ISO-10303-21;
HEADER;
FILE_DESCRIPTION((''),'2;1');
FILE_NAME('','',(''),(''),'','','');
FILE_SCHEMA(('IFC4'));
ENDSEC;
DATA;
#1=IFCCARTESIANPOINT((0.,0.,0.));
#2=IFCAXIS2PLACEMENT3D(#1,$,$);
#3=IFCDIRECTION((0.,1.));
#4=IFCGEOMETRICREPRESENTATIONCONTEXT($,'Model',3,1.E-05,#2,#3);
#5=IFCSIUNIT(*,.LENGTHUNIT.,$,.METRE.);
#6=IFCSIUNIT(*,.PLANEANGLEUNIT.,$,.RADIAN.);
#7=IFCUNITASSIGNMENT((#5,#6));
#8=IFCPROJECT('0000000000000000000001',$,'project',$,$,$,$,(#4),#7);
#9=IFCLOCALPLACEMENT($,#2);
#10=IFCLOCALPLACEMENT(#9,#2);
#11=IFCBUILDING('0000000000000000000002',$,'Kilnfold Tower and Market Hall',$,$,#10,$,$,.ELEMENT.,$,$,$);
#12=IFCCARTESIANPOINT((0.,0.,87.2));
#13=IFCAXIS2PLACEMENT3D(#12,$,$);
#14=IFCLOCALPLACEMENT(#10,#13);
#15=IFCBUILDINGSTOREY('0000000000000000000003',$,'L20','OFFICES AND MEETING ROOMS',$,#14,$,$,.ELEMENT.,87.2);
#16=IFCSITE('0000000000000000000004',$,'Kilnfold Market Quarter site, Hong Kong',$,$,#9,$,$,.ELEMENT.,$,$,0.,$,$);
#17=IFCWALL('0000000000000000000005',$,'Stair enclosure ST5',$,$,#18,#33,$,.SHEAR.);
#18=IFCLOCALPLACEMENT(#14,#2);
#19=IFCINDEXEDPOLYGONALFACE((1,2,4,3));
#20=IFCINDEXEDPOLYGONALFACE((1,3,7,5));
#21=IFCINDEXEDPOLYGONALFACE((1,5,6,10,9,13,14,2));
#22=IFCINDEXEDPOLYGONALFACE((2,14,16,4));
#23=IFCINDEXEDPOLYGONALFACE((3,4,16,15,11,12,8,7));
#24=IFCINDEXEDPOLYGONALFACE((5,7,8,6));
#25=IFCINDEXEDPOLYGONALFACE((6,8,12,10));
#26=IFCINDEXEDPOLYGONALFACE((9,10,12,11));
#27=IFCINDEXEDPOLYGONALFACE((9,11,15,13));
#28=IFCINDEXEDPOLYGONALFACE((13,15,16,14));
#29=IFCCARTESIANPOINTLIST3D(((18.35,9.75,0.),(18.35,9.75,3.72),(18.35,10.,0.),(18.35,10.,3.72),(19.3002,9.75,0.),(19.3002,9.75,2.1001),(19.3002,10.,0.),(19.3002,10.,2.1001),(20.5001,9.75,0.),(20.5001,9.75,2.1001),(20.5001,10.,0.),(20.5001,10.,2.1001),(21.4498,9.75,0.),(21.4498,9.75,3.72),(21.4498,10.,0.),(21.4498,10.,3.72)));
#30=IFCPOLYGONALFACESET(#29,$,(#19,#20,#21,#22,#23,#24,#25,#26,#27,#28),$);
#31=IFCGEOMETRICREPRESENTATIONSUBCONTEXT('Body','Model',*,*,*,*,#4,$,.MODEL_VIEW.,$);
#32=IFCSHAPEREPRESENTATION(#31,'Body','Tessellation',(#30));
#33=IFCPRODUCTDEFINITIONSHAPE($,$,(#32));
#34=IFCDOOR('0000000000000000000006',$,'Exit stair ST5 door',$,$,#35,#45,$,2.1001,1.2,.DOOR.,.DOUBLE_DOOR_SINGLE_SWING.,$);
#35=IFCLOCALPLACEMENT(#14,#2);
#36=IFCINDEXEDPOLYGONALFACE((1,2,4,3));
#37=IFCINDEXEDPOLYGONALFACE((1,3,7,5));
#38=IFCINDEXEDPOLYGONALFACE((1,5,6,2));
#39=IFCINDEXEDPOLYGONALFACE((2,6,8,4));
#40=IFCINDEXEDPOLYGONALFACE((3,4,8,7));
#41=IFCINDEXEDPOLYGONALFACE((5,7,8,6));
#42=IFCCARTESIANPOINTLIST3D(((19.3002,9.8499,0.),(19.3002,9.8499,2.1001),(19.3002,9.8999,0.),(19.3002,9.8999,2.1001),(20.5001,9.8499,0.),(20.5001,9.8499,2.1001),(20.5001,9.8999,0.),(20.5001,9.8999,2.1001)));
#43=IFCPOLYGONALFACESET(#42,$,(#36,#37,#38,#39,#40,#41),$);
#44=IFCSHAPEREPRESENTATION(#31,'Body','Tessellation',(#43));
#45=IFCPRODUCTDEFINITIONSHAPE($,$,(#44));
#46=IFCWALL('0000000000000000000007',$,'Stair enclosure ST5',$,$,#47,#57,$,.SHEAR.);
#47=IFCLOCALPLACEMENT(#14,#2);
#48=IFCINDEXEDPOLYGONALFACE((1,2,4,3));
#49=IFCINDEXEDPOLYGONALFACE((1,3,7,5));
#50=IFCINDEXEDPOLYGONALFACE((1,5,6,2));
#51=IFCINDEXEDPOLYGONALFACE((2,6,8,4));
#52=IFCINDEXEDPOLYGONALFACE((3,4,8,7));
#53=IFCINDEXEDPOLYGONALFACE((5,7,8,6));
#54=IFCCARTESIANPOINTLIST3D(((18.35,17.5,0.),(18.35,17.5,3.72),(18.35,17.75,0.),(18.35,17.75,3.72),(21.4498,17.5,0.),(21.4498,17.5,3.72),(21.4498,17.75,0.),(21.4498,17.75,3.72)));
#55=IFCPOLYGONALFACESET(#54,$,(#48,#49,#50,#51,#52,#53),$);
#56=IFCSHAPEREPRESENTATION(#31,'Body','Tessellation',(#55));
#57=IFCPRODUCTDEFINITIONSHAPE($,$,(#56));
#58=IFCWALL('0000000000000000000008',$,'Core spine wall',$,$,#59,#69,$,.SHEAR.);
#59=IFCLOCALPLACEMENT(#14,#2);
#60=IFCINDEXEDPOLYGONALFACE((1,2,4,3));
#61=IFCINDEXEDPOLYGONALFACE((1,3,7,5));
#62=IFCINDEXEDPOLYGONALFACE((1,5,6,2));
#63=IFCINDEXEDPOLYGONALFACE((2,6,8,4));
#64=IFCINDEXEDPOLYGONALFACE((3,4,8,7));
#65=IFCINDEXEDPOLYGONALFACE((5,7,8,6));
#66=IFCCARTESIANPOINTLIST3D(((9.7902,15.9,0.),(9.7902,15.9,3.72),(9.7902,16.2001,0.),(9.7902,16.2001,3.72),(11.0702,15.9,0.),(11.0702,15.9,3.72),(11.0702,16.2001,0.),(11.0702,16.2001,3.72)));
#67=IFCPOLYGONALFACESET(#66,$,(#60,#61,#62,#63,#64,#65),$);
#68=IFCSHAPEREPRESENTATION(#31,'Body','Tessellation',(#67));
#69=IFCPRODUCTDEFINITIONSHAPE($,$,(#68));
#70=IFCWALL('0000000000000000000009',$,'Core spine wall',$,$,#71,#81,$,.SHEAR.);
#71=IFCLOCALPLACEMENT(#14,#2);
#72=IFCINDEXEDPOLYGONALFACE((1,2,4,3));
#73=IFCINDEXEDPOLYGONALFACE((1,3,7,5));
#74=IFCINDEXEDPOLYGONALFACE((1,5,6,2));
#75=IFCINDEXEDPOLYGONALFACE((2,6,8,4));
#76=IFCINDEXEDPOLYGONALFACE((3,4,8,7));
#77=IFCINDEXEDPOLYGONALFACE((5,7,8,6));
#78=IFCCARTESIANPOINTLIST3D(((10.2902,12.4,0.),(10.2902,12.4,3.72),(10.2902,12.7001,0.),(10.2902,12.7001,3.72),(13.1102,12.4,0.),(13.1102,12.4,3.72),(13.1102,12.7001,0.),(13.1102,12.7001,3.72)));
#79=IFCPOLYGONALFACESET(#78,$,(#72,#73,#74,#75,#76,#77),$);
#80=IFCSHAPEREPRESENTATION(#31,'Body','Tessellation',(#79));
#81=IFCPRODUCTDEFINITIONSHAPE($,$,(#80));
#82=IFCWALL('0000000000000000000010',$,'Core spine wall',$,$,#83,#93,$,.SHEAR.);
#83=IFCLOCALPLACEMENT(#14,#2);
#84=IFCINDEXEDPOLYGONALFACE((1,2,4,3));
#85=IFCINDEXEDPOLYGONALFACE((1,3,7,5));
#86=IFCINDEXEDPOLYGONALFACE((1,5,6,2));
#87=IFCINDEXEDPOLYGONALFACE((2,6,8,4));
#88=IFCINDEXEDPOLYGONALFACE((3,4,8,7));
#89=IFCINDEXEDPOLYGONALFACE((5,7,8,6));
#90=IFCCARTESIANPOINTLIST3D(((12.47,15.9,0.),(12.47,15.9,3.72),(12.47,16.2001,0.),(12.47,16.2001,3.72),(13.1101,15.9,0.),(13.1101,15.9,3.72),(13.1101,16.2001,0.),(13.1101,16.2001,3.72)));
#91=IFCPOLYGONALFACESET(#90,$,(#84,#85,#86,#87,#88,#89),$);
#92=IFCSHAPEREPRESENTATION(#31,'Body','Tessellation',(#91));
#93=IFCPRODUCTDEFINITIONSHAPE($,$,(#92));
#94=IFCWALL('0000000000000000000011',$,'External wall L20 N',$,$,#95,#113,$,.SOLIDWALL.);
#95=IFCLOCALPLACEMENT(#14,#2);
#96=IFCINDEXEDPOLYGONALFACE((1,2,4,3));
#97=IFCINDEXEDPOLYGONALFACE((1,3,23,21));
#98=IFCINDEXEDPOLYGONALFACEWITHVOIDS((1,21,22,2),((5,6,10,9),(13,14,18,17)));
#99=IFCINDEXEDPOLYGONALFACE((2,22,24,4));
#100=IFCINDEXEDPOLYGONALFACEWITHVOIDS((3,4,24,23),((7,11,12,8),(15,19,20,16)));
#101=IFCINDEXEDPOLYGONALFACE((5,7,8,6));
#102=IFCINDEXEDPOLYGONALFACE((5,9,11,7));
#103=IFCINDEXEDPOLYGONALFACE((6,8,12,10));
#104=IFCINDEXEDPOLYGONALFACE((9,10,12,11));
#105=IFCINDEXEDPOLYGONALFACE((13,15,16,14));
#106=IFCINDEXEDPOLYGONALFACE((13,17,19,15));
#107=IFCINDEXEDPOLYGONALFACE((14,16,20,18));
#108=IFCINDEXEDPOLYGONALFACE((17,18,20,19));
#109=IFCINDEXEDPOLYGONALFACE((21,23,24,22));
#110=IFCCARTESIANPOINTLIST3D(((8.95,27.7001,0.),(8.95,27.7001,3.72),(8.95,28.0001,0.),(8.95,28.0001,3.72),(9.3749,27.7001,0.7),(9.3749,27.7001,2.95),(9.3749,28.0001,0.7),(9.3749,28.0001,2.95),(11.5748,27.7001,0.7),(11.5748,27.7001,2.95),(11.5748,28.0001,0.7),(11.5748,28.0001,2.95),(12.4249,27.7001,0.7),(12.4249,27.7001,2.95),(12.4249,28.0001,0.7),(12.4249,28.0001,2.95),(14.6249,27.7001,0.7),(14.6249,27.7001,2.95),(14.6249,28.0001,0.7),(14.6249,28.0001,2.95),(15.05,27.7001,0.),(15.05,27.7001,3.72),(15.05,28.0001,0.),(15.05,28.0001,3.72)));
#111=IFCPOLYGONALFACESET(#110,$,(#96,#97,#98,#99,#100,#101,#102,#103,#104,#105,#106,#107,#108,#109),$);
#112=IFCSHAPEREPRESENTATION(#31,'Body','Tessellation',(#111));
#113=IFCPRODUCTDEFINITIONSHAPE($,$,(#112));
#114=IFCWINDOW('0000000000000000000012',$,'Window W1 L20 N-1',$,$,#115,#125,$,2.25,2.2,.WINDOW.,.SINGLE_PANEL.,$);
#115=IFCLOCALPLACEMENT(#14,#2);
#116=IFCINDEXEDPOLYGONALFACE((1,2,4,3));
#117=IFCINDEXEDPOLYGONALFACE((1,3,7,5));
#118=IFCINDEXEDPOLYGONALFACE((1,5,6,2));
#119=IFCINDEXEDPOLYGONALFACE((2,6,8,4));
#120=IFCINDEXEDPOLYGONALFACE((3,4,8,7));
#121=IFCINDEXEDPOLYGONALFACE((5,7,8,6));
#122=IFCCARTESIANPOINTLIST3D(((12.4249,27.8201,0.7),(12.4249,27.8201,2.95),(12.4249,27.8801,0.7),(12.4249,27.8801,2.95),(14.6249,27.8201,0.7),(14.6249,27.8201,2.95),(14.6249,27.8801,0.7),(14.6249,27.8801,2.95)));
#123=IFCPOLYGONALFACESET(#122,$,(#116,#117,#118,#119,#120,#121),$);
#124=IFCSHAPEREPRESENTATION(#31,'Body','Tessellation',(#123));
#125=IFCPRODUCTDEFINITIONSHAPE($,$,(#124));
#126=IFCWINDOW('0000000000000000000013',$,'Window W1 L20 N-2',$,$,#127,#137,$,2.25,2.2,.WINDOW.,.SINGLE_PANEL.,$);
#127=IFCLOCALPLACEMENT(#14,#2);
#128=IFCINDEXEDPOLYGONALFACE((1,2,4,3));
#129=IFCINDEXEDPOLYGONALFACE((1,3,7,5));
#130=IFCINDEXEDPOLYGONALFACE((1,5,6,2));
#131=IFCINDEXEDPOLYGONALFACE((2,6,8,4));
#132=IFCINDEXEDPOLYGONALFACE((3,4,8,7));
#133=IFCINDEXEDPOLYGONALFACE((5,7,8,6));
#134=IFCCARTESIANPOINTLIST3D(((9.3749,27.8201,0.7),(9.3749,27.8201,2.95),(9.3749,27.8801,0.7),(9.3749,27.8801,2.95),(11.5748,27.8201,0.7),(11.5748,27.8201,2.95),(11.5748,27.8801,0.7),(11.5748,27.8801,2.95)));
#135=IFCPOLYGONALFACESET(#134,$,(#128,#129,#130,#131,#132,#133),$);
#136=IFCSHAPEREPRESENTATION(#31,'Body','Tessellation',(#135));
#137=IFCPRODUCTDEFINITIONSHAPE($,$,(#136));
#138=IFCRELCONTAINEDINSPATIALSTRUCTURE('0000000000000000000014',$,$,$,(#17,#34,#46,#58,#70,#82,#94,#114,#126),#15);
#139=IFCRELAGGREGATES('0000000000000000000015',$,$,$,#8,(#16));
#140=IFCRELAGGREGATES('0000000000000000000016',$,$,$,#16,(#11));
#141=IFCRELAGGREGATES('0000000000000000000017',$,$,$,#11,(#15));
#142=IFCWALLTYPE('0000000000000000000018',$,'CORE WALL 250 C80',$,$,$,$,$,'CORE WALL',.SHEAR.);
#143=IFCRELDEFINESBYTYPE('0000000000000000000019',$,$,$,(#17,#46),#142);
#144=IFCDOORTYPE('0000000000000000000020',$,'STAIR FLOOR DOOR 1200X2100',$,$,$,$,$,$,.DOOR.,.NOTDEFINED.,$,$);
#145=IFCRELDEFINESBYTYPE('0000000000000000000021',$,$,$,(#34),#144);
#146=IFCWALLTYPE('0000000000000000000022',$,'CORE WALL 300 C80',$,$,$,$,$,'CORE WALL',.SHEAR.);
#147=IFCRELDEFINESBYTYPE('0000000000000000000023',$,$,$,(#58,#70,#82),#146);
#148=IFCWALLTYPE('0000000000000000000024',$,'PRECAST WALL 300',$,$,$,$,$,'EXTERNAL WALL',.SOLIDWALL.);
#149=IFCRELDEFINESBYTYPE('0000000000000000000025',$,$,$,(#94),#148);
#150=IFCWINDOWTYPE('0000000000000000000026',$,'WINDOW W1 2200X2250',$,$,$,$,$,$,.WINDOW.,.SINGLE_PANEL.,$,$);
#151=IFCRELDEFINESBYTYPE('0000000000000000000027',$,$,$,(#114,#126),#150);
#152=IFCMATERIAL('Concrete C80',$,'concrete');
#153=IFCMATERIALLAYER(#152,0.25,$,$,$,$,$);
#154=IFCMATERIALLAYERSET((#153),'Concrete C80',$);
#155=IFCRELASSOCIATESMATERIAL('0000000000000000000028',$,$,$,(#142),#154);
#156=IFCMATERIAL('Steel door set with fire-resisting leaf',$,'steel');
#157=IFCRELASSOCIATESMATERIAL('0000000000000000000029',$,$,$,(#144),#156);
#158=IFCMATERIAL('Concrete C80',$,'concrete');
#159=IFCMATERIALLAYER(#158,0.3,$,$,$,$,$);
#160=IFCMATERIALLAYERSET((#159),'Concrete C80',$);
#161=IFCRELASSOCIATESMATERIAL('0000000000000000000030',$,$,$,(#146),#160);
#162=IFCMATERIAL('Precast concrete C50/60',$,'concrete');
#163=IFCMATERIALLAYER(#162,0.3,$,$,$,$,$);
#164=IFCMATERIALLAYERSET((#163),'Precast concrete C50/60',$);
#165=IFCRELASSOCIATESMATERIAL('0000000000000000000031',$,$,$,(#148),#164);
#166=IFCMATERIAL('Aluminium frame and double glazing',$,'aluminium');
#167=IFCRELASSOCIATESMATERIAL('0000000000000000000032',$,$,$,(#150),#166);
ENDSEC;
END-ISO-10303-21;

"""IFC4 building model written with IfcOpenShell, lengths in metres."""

from ifc_helpers import new_model, si_unit, direction, frame, frame_2d, origin, place, context, subcontext, project, spatial, rectangle, extrude, source, transform, mapped, material, layer, layer_set, type_object, element, fill, save


model = new_model("IFC4")

# Units and contexts
model_context = context("Model", 3, precision=1e-05, world=origin(), true_north=direction((0.0, 1.0)))
body_context = subcontext(model_context, "Body", "Model", "MODEL_VIEW")
ifc_project = project(units=[si_unit("LENGTHUNIT", "METRE"), si_unit("PLANEANGLEUNIT", "RADIAN")], contexts=[model_context])

# Site, building, storey
site_placement = place(None, origin())
site = spatial("IfcSite", under=ifc_project, at=site_placement, Name="Kilnfold Market Quarter site, Hong Kong", CompositionType="ELEMENT", RefElevation=0.0)
building_placement = place(site_placement, origin())
building = spatial("IfcBuilding", under=site, at=building_placement, Name="Kilnfold Tower and Market Hall", CompositionType="ELEMENT")
storey_placement = place(building_placement, frame((0.0, 0.0, 87.2)))
storey = spatial("IfcBuildingStorey", under=building, at=storey_placement, Name="L20", Description="OFFICES AND MEETING ROOMS", CompositionType="ELEMENT", Elevation=87.2)

# Shared definitions
ifc_material_1 = material(Name="Concrete C80", Category="concrete")
ifc_layer_1 = layer(ifc_material_1, 0.25)
ifc_layer_set_1 = layer_set([ifc_layer_1], Name="Concrete C80")
wall_type_1 = type_object("IfcWallType", Name="CORE WALL 250 C80", ElementType="CORE WALL", PredefinedType="SHEAR", material=ifc_layer_set_1)

# Wall, opening, door
shared_shape_1 = source(origin(), body_context, "Body", "SweptSolid", [
    extrude(rectangle(XDim=3.0999, YDim=0.25, at=frame_2d((1.5498, 0.0))), origin(), (0.0, 0.0, 1.0), 3.72),
])
wall_1_placement = place(storey_placement, frame((18.3501, 9.875, 0.0), z_axis=(0.0, 0.0, 1.0), x_axis=(1.0, 0.0, 0.0)))
wall_1 = element("IfcWall", 1, at=wall_1_placement, inside=storey, type_object=wall_type_1, Name="Stair enclosure ST5", PredefinedType="SHEAR", context=body_context, shape_type="MappedRepresentation", body=[
    mapped(shared_shape_1, transform((0.0, 0.0, 0.0))),
])
opening_1_placement = place(wall_1_placement, frame((0.95, 0.0, 0.0)))
opening_1 = element("IfcOpeningElement", 2, at=opening_1_placement, cuts=wall_1, PredefinedType="OPENING", context=body_context, shape_type="SweptSolid", body=[
    extrude(rectangle(XDim=1.2, YDim=2.1001, at=frame_2d((0.6001, 1.05))), frame((0.0, 0.135, 0.0), z_axis=(0.0, -1.0, 0.0), x_axis=(1.0, 0.0, 0.0)), (0.0, 0.0, 1.0), 0.27),
])
ifc_material_2 = material(Name="Steel door set with fire-resisting leaf", Category="steel")
door_type_1 = type_object("IfcDoorType", Name="STAIR FLOOR DOOR 1200X2100", OperationType="NOTDEFINED", PredefinedType="DOOR", material=ifc_material_2)
door_1_placement = place(opening_1_placement, origin())
door_1 = element("IfcDoor", 3, at=door_1_placement, inside=storey, type_object=door_type_1, Name="Exit stair ST5 door", OperationType="DOUBLE_DOOR_SINGLE_SWING", OverallHeight=2.1001, OverallWidth=1.2, PredefinedType="DOOR", context=body_context, shape_type="SweptSolid", body=[
    extrude(rectangle(XDim=1.2, YDim=2.1001, at=frame_2d((0.6001, 1.05))), frame((0.0, 0.0249, 0.0), z_axis=(0.0, -1.0, 0.0), x_axis=(1.0, 0.0, 0.0)), (0.0, 0.0, 1.0), 0.05),
])
fill(opening_1, door_1)

# Walls
wall_2_placement = place(storey_placement, frame((18.3501, 17.625, 0.0), z_axis=(0.0, 0.0, 1.0), x_axis=(1.0, 0.0, 0.0)))
element("IfcWall", 4, at=wall_2_placement, inside=storey, type_object=wall_type_1, Name="Stair enclosure ST5", PredefinedType="SHEAR", context=body_context, shape_type="MappedRepresentation", body=[
    mapped(shared_shape_1, transform((0.0, 0.0, 0.0))),
])
ifc_material_3 = material(Name="Concrete C80", Category="concrete")
ifc_layer_2 = layer(ifc_material_3, 0.3)
ifc_layer_set_2 = layer_set([ifc_layer_2], Name="Concrete C80")
wall_type_2 = type_object("IfcWallType", Name="CORE WALL 300 C80", ElementType="CORE WALL", PredefinedType="SHEAR", material=ifc_layer_set_2)
shared_shape_2 = source(origin(), body_context, "Body", "SweptSolid", [
    extrude(rectangle(XDim=1.28, YDim=0.3, at=frame_2d((0.6401, 0.0))), origin(), (0.0, 0.0, 1.0), 3.72),
])
wall_3_placement = place(storey_placement, frame((9.79, 16.05, 0.0), z_axis=(0.0, 0.0, 1.0), x_axis=(1.0, 0.0, 0.0)))
element("IfcWall", 5, at=wall_3_placement, inside=storey, type_object=wall_type_2, Name="Core spine wall", PredefinedType="SHEAR", context=body_context, shape_type="MappedRepresentation", body=[
    mapped(shared_shape_2, transform((0.0, 0.0, 0.0))),
])
shared_shape_3 = source(origin(), body_context, "Body", "SweptSolid", [
    extrude(rectangle(XDim=2.8201, YDim=0.3, at=frame_2d((1.4102, 0.0))), origin(), (0.0, 0.0, 1.0), 3.72),
])
wall_4_placement = place(storey_placement, frame((10.29, 12.55, 0.0), z_axis=(0.0, 0.0, 1.0), x_axis=(1.0, 0.0, 0.0)))
element("IfcWall", 6, at=wall_4_placement, inside=storey, type_object=wall_type_2, Name="Core spine wall", PredefinedType="SHEAR", context=body_context, shape_type="MappedRepresentation", body=[
    mapped(shared_shape_3, transform((0.0, 0.0, 0.0))),
])
shared_shape_4 = source(origin(), body_context, "Body", "SweptSolid", [
    extrude(rectangle(XDim=0.6401, YDim=0.3, at=frame_2d((0.3201, 0.0))), origin(), (0.0, 0.0, 1.0), 3.72),
])
wall_5_placement = place(storey_placement, frame((12.47, 16.05, 0.0), z_axis=(0.0, 0.0, 1.0), x_axis=(1.0, 0.0, 0.0)))
element("IfcWall", 7, at=wall_5_placement, inside=storey, type_object=wall_type_2, Name="Core spine wall", PredefinedType="SHEAR", context=body_context, shape_type="MappedRepresentation", body=[
    mapped(shared_shape_4, transform((0.0, 0.0, 0.0))),
])

# Wall, openings, windows
ifc_material_4 = material(Name="Precast concrete C50/60", Category="concrete")
ifc_layer_3 = layer(ifc_material_4, 0.3)
ifc_layer_set_3 = layer_set([ifc_layer_3], Name="Precast concrete C50/60")
wall_type_3 = type_object("IfcWallType", Name="PRECAST WALL 300", ElementType="EXTERNAL WALL", PredefinedType="SOLIDWALL", material=ifc_layer_set_3)
shared_shape_5 = source(origin(), body_context, "Body", "SweptSolid", [
    extrude(rectangle(XDim=6.1001, YDim=0.3, at=frame_2d((3.05, 0.0))), origin(), (0.0, 0.0, 1.0), 3.72),
])
wall_6_placement = place(storey_placement, frame((15.05, 27.8501, 0.0), z_axis=(0.0, 0.0, 1.0), x_axis=(-1.0, 0.0, 0.0)))
wall_6 = element("IfcWall", 8, at=wall_6_placement, inside=storey, type_object=wall_type_3, Name="External wall L20 N", PredefinedType="SOLIDWALL", context=body_context, shape_type="MappedRepresentation", body=[
    mapped(shared_shape_5, transform((0.0, 0.0, 0.0))),
])
opening_2_placement = place(wall_6_placement, frame((0.425, 0.0, 0.7)))
opening_2 = element("IfcOpeningElement", 9, at=opening_2_placement, cuts=wall_6, PredefinedType="OPENING", context=body_context, shape_type="SweptSolid", body=[
    extrude(rectangle(XDim=2.2, YDim=2.25, at=frame_2d((1.1001, 1.125))), frame((0.0, 0.1602, 0.0), z_axis=(0.0, -1.0, 0.0), x_axis=(1.0, 0.0, 0.0)), (0.0, 0.0, 1.0), 0.3201),
])
opening_3_placement = place(wall_6_placement, frame((3.4751, 0.0, 0.7)))
opening_3 = element("IfcOpeningElement", 10, at=opening_3_placement, cuts=wall_6, PredefinedType="OPENING", context=body_context, shape_type="SweptSolid", body=[
    extrude(rectangle(XDim=2.2, YDim=2.25, at=frame_2d((1.1001, 1.125))), frame((0.0, 0.1602, 0.0), z_axis=(0.0, -1.0, 0.0), x_axis=(1.0, 0.0, 0.0)), (0.0, 0.0, 1.0), 0.3201),
])
ifc_material_5 = material(Name="Aluminium frame and double glazing", Category="aluminium")
window_type = type_object("IfcWindowType", Name="WINDOW W1 2200X2250", PartitioningType="SINGLE_PANEL", PredefinedType="WINDOW", material=ifc_material_5)
window_1_placement = place(opening_2_placement, origin())
window_1 = element("IfcWindow", 11, at=window_1_placement, inside=storey, type_object=window_type, Name="Window W1 L20 N-1", OverallHeight=2.25, OverallWidth=2.2, PartitioningType="SINGLE_PANEL", PredefinedType="WINDOW", context=body_context, shape_type="SweptSolid", body=[
    extrude(rectangle(XDim=2.2, YDim=2.25, at=frame_2d((1.1001, 1.125))), frame((0.0, 0.03, 0.0), z_axis=(0.0, -1.0, 0.0), x_axis=(1.0, 0.0, 0.0)), (0.0, 0.0, 1.0), 0.0601),
])
fill(opening_2, window_1)
window_2_placement = place(opening_3_placement, origin())
window_2 = element("IfcWindow", 12, at=window_2_placement, inside=storey, type_object=window_type, Name="Window W1 L20 N-2", OverallHeight=2.25, OverallWidth=2.2, PartitioningType="SINGLE_PANEL", PredefinedType="WINDOW", context=body_context, shape_type="SweptSolid", body=[
    extrude(rectangle(XDim=2.2, YDim=2.25, at=frame_2d((1.1001, 1.125))), frame((0.0, 0.03, 0.0), z_axis=(0.0, -1.0, 0.0), x_axis=(1.0, 0.0, 0.0)), (0.0, 0.0, 1.0), 0.0601),
])
fill(opening_3, window_2)

save(model, "model.ifc")
